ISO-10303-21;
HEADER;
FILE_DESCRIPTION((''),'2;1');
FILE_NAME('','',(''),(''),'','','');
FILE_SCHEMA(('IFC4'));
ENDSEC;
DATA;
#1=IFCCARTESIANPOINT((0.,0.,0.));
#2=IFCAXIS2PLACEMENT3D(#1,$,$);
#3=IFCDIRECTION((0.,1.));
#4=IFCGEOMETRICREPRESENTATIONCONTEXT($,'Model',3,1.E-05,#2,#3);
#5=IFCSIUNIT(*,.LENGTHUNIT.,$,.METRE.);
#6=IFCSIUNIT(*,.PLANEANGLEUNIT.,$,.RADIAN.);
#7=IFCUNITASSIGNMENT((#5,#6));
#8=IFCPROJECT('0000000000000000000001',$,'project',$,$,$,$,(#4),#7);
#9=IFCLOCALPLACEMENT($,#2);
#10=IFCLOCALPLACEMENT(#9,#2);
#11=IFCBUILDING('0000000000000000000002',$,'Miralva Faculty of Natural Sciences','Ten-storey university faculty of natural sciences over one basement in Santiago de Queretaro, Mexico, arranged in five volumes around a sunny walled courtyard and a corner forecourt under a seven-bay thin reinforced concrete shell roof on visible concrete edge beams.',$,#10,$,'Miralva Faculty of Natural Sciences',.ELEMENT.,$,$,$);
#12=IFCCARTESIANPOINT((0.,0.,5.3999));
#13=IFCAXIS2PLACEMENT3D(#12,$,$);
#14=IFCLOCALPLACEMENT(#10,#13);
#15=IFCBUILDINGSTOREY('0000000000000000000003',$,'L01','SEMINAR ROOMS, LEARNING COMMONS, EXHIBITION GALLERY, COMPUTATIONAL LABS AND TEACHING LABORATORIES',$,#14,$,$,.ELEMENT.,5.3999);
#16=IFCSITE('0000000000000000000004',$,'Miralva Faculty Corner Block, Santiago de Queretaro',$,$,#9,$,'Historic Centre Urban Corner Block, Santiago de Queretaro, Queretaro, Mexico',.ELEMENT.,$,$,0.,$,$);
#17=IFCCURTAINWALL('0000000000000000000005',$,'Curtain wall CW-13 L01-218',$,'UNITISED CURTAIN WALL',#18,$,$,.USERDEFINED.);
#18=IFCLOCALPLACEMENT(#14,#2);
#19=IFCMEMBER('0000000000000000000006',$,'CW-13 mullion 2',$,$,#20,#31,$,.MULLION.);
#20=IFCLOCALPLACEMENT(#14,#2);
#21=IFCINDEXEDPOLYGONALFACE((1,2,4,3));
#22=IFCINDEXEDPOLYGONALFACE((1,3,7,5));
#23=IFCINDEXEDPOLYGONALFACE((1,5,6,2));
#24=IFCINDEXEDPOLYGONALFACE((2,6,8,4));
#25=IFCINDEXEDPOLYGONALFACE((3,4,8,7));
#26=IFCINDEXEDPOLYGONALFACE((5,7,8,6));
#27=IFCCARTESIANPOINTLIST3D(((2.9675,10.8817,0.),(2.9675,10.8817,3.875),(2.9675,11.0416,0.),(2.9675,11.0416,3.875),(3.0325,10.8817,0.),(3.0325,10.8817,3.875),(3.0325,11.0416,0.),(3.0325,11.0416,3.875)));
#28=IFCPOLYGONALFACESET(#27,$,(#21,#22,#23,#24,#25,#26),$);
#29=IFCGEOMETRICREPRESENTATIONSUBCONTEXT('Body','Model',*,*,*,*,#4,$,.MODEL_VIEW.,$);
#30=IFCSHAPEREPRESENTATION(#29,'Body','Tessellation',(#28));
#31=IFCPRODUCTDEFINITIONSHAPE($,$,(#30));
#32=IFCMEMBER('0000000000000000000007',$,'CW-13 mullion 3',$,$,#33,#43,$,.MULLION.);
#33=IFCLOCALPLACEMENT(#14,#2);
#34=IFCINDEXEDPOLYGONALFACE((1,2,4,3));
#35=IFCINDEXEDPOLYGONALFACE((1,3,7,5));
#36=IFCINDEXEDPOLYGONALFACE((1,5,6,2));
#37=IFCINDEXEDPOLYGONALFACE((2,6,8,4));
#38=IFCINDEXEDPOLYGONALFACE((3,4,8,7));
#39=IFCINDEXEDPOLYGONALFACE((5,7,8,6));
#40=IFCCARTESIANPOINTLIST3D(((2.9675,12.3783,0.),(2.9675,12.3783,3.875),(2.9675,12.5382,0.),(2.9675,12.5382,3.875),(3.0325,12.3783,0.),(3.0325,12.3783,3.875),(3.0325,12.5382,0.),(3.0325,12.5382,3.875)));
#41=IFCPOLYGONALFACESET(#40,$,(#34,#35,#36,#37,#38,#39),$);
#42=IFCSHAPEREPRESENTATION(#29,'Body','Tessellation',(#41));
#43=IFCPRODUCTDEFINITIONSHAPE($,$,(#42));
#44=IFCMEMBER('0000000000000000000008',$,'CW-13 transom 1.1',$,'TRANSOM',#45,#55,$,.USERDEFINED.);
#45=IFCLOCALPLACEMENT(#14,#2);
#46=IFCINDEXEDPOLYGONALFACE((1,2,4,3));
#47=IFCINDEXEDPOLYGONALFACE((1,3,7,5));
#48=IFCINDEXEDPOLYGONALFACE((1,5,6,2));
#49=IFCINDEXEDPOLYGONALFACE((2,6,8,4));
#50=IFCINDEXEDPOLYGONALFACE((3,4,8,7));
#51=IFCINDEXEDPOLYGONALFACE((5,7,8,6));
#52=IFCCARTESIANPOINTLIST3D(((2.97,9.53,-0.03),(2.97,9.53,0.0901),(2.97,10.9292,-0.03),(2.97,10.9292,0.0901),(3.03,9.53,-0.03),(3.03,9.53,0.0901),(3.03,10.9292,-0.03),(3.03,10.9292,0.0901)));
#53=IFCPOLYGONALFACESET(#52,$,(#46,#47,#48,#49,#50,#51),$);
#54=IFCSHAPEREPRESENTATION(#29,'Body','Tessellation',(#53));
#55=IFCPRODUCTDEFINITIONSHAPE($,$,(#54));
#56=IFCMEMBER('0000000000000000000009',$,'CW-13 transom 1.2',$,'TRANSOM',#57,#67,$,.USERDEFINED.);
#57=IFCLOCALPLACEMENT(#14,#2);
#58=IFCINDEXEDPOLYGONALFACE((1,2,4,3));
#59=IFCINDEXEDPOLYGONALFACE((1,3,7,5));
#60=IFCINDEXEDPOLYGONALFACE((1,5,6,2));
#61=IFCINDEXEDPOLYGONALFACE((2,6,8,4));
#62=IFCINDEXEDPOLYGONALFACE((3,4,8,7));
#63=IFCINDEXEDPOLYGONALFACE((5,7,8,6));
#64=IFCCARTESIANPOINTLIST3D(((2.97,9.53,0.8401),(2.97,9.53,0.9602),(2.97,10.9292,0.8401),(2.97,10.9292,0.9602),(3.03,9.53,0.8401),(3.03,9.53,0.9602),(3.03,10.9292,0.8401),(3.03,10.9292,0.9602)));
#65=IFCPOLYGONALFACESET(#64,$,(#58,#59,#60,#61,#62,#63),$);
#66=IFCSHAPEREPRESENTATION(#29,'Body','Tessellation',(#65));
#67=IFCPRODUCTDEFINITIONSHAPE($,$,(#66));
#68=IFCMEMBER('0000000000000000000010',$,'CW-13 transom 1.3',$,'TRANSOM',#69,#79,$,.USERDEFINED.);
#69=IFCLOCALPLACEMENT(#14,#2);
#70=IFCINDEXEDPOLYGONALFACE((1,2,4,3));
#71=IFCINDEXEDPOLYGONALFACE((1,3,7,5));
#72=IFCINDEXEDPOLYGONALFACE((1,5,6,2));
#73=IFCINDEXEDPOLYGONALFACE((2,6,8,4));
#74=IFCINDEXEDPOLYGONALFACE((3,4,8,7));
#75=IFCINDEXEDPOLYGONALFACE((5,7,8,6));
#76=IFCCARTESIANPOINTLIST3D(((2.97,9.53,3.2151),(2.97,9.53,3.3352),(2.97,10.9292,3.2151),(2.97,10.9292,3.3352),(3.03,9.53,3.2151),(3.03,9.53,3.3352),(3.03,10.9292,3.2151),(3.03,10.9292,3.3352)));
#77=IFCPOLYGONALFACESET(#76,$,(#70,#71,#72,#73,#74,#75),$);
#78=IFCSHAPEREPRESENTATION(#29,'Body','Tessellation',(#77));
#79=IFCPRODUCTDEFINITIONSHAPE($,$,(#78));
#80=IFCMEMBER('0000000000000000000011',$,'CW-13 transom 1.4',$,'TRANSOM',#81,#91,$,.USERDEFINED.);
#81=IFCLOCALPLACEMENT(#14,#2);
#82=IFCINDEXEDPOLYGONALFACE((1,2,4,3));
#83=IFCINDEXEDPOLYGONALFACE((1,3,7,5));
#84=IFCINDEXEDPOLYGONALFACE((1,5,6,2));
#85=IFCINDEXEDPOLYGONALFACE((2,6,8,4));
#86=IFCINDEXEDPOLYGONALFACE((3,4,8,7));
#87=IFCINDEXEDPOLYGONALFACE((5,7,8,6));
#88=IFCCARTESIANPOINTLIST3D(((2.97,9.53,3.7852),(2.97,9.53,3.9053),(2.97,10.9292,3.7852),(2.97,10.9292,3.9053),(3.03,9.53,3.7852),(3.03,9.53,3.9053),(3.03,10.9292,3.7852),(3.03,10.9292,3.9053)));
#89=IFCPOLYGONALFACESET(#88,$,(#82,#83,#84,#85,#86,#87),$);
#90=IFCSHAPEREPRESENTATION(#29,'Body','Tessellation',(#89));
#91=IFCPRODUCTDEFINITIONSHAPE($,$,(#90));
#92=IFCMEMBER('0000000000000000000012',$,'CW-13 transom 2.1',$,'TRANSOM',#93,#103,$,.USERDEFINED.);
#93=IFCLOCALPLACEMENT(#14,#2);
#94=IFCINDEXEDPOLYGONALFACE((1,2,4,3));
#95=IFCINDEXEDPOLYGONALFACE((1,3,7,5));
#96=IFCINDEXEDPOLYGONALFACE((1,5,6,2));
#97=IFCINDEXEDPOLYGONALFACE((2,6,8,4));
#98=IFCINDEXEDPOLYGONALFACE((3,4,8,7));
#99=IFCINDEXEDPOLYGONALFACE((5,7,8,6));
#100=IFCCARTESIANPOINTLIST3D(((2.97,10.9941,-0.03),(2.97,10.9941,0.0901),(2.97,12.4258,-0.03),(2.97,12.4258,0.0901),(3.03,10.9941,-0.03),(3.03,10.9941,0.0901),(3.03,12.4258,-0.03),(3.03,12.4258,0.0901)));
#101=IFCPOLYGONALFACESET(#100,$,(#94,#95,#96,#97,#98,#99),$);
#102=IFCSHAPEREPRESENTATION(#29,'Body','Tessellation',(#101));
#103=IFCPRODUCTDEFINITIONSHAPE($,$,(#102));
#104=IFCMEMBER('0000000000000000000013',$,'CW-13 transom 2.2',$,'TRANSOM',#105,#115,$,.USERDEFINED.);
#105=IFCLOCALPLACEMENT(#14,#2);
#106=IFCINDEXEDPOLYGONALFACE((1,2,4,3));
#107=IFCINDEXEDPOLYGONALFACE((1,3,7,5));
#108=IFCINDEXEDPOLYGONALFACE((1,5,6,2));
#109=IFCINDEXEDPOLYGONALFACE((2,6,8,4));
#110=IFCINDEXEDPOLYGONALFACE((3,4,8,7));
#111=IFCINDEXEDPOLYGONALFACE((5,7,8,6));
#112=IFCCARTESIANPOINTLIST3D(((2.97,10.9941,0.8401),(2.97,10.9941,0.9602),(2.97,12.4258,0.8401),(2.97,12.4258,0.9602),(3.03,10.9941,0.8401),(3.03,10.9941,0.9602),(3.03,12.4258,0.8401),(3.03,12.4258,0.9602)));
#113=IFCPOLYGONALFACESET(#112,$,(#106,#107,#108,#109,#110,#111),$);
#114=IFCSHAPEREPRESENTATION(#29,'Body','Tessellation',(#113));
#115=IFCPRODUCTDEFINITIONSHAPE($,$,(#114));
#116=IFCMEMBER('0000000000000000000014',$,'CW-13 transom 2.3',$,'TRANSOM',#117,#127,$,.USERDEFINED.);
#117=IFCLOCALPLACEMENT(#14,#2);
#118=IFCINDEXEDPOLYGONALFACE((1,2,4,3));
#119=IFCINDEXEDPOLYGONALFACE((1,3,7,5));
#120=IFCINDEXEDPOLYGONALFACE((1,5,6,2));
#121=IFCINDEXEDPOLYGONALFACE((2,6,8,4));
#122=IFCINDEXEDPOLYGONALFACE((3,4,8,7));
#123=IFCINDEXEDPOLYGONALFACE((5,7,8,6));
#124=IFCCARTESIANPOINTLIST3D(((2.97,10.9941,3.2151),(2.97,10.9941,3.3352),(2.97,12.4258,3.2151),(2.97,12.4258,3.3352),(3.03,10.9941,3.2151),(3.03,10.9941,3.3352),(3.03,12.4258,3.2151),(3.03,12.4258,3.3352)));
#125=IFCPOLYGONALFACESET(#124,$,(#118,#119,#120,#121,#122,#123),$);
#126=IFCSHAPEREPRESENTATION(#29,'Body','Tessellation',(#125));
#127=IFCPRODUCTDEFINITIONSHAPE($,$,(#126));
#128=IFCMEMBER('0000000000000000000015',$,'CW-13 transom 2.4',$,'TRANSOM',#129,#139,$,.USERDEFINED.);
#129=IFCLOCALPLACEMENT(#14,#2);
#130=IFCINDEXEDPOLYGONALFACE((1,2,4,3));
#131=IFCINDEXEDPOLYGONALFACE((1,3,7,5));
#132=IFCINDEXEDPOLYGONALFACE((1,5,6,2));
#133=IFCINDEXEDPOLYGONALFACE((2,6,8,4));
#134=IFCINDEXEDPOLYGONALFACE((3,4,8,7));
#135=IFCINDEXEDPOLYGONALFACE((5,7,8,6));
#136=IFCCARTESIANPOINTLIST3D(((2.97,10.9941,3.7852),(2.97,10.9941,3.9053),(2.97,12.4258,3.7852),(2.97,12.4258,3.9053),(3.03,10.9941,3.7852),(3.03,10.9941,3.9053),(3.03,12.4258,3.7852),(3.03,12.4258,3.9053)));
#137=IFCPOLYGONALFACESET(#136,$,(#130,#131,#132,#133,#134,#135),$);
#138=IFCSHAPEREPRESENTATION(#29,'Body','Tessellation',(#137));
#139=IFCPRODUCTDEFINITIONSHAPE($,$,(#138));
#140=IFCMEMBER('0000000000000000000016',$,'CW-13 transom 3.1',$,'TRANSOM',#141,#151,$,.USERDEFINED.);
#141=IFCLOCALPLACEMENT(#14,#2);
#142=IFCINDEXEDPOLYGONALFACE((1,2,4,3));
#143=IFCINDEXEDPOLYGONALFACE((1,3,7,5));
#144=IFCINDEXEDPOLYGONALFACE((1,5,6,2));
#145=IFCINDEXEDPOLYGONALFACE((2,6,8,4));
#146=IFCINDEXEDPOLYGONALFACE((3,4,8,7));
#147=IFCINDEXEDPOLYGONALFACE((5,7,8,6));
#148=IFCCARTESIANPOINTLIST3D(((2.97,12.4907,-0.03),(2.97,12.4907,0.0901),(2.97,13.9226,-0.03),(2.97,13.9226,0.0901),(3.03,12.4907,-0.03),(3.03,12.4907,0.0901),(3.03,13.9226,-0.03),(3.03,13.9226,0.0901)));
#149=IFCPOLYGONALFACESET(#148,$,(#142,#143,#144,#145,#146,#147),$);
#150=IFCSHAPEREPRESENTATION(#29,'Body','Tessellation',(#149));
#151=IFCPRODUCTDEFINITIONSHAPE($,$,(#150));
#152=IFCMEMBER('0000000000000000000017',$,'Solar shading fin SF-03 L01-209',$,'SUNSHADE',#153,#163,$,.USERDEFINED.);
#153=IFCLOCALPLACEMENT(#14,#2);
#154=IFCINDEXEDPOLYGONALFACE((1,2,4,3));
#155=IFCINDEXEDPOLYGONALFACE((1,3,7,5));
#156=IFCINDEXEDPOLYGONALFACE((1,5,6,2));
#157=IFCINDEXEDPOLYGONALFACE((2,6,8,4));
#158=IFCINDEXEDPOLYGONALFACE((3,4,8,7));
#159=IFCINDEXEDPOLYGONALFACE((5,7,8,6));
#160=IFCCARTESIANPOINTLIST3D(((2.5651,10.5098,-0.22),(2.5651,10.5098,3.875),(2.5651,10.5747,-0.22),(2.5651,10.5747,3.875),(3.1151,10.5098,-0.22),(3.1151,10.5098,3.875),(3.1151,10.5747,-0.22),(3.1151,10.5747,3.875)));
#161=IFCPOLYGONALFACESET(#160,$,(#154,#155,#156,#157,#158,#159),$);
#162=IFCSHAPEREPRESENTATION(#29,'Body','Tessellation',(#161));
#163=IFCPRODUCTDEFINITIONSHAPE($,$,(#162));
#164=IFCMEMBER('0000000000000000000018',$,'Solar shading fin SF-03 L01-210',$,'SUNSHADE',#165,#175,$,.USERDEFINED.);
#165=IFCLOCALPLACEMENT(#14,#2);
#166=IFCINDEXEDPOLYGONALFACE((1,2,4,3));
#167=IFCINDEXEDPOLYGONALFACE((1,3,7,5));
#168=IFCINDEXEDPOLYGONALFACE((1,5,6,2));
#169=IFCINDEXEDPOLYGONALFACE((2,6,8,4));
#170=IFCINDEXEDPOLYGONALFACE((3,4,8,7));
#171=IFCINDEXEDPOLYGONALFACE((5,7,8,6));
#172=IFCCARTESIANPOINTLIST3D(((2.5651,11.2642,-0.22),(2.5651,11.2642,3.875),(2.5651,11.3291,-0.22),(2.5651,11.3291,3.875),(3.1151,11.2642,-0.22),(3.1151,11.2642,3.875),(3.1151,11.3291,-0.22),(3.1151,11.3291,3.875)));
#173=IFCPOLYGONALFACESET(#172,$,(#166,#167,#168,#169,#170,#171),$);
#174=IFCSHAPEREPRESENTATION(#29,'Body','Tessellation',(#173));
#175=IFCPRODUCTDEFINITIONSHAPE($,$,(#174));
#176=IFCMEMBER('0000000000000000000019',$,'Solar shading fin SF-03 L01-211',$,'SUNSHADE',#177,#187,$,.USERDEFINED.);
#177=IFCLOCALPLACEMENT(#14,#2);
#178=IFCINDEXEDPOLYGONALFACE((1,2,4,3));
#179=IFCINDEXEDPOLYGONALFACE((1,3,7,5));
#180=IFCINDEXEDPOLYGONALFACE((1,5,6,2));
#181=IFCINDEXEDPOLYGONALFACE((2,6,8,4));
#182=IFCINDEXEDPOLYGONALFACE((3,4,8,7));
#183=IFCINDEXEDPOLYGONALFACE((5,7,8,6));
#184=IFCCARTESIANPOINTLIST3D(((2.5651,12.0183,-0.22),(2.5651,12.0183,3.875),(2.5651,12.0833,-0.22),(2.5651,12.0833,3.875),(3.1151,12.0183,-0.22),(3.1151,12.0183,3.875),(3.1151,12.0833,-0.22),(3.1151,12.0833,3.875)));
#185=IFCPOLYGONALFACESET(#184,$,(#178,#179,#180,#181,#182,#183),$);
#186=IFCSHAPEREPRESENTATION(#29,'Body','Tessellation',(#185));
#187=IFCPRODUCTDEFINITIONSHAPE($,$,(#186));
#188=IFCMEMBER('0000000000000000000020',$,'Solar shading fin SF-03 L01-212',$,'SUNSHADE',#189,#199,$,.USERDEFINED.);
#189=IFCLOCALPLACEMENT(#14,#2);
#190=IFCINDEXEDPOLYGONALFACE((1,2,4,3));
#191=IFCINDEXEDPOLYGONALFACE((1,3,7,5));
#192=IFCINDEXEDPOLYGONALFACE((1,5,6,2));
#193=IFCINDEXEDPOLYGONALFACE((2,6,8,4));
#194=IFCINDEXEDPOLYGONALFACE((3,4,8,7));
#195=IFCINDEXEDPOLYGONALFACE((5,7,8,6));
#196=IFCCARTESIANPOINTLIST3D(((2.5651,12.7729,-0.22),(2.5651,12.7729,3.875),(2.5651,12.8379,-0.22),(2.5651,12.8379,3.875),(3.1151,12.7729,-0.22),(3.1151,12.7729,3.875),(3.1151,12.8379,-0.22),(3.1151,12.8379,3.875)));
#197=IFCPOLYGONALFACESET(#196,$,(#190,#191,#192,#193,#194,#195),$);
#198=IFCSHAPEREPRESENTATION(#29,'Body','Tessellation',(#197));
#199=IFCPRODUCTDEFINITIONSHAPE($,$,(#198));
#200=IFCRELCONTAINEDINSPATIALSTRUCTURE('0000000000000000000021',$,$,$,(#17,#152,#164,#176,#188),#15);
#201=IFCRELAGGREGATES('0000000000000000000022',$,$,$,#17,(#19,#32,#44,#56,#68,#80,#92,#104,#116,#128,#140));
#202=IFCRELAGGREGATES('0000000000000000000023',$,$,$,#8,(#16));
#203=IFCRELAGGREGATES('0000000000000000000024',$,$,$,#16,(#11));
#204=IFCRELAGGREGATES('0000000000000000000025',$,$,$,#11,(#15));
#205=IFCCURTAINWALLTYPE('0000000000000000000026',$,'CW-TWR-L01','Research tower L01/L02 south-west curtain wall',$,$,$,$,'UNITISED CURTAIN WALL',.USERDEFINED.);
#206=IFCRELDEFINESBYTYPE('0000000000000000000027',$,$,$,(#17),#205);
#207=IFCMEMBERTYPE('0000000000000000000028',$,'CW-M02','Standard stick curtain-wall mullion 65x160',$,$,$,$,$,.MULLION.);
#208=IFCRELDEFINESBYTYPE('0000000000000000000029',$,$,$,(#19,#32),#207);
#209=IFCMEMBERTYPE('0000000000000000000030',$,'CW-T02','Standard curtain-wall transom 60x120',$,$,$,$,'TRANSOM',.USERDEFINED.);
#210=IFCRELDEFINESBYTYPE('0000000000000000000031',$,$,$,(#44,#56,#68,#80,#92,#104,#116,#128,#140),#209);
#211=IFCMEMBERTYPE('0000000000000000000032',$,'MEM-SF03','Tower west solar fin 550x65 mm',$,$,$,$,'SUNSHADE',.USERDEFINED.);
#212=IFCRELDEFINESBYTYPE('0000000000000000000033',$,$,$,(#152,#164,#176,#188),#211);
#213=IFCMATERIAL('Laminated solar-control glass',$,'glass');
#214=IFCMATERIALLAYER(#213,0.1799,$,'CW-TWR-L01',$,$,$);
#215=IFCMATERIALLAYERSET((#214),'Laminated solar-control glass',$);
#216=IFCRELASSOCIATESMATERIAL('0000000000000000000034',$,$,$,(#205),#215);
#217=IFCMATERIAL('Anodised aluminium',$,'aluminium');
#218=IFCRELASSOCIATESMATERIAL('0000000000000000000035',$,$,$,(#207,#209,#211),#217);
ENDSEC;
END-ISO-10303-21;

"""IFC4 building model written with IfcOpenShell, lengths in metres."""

from ifc_helpers import new_model, si_unit, direction, frame, origin, origin_2d, place, context, subcontext, project, spatial, rectangle, extrude, material, layer, layer_set, material_profile, profile_set, type_object, element, aggregate, save


model = new_model("IFC4")

# Units and contexts
model_context = context("Model", 3, precision=1e-05, world=origin(), true_north=direction((0.0, 1.0)))
body_context = subcontext(model_context, "Body", "Model", "MODEL_VIEW")
ifc_project = project(units=[si_unit("LENGTHUNIT", "METRE"), si_unit("PLANEANGLEUNIT", "RADIAN")], contexts=[model_context])

# Site, building, storey
site_placement = place(None, origin())
site = spatial("IfcSite", under=ifc_project, at=site_placement, Name="Miralva Faculty Corner Block, Santiago de Queretaro", LongName="Historic Centre Urban Corner Block, Santiago de Queretaro, Queretaro, Mexico", CompositionType="ELEMENT", RefElevation=0.0)
building_placement = place(site_placement, origin())
building = spatial("IfcBuilding", under=site, at=building_placement, Name="Miralva Faculty of Natural Sciences", Description="Ten-storey university faculty of natural sciences over one basement in Santiago de Queretaro, Mexico, arranged in five volumes around a sunny walled courtyard and a corner forecourt under a seven-bay thin reinforced concrete shell roof on visible concrete edge beams.", LongName="Miralva Faculty of Natural Sciences", CompositionType="ELEMENT")
storey_placement = place(building_placement, frame((0.0, 0.0, 5.3999)))
storey = spatial("IfcBuildingStorey", under=building, at=storey_placement, Name="L01", Description="SEMINAR ROOMS, LEARNING COMMONS, EXHIBITION GALLERY, COMPUTATIONAL LABS AND TEACHING LABORATORIES", CompositionType="ELEMENT", Elevation=5.3999)

# Curtain wall, members
ifc_material_1 = material(Name="Laminated solar-control glass", Category="glass")
ifc_layer_1 = layer(ifc_material_1, 0.1799, Name="CW-TWR-L01")
ifc_layer_set_1 = layer_set([ifc_layer_1], Name="Laminated solar-control glass")
curtain_wall_type = type_object("IfcCurtainWallType", Name="CW-TWR-L01", Description="Research tower L01/L02 south-west curtain wall", ElementType="UNITISED CURTAIN WALL", PredefinedType="USERDEFINED", material=ifc_layer_set_1)
curtain_wall_placement = place(storey_placement, origin())
curtain_wall = element("IfcCurtainWall", 1, at=curtain_wall_placement, inside=storey, type_object=curtain_wall_type, Name="Curtain wall CW-13 L01-218", ObjectType="UNITISED CURTAIN WALL", PredefinedType="USERDEFINED")
ifc_material_2 = material(Name="Anodised aluminium", Category="aluminium")
ifc_material_profile_1 = material_profile(ifc_material_2, rectangle(XDim=0.0649, YDim=0.1599, at=origin_2d()), Name="MULLION 65x160")
ifc_profile_set_1 = profile_set([ifc_material_profile_1], Name="Anodised aluminium")
member_type_1 = type_object("IfcMemberType", Name="CW-M02", Description="Standard stick curtain-wall mullion 65x160", PredefinedType="MULLION", material=ifc_profile_set_1)
member_1_placement = place(storey_placement, frame((3.0, 10.9617, 0.0), z_axis=(0.0, 0.0, 1.0), x_axis=(-1.0, 0.0, 0.0)))
member_1 = element("IfcMember", 2, at=member_1_placement, type_object=member_type_1, Name="CW-13 mullion 2", PredefinedType="MULLION", context=body_context, shape_type="SweptSolid", body=[
    extrude(rectangle(XDim=0.0649, YDim=0.1599, at=origin_2d()), origin(), (0.0, 0.0, 1.0), 3.875),
])
member_2_placement = place(storey_placement, frame((3.0, 12.4583, 0.0), z_axis=(0.0, 0.0, 1.0), x_axis=(-1.0, 0.0, 0.0)))
member_2 = element("IfcMember", 3, at=member_2_placement, type_object=member_type_1, Name="CW-13 mullion 3", PredefinedType="MULLION", context=body_context, shape_type="SweptSolid", body=[
    extrude(rectangle(XDim=0.0649, YDim=0.1599, at=origin_2d()), origin(), (0.0, 0.0, 1.0), 3.875),
])
ifc_material_profile_2 = material_profile(ifc_material_2, rectangle(XDim=0.0601, YDim=0.1201, at=origin_2d()), Name="TRANSOM 60x120")
ifc_profile_set_2 = profile_set([ifc_material_profile_2], Name="Anodised aluminium")
member_type_2 = type_object("IfcMemberType", Name="CW-T02", Description="Standard curtain-wall transom 60x120", ElementType="TRANSOM", PredefinedType="USERDEFINED", material=ifc_profile_set_2)
member_3_placement = place(storey_placement, frame((3.0, 9.53, 0.03), z_axis=(0.0, 1.0, 0.0), x_axis=(-1.0, 0.0, 0.0)))
member_3 = element("IfcMember", 4, at=member_3_placement, type_object=member_type_2, Name="CW-13 transom 1.1", ObjectType="TRANSOM", PredefinedType="USERDEFINED", context=body_context, shape_type="SweptSolid", body=[
    extrude(rectangle(XDim=0.0601, YDim=0.1201, at=origin_2d()), origin(), (0.0, 0.0, 1.0), 1.3992),
])
member_4_placement = place(storey_placement, frame((3.0, 9.53, 0.9001), z_axis=(0.0, 1.0, 0.0), x_axis=(-1.0, 0.0, 0.0)))
member_4 = element("IfcMember", 5, at=member_4_placement, type_object=member_type_2, Name="CW-13 transom 1.2", ObjectType="TRANSOM", PredefinedType="USERDEFINED", context=body_context, shape_type="SweptSolid", body=[
    extrude(rectangle(XDim=0.0601, YDim=0.1201, at=origin_2d()), origin(), (0.0, 0.0, 1.0), 1.3992),
])
member_5_placement = place(storey_placement, frame((3.0, 9.53, 3.2751), z_axis=(0.0, 1.0, 0.0), x_axis=(-1.0, 0.0, 0.0)))
member_5 = element("IfcMember", 6, at=member_5_placement, type_object=member_type_2, Name="CW-13 transom 1.3", ObjectType="TRANSOM", PredefinedType="USERDEFINED", context=body_context, shape_type="SweptSolid", body=[
    extrude(rectangle(XDim=0.0601, YDim=0.1201, at=origin_2d()), origin(), (0.0, 0.0, 1.0), 1.3992),
])
member_6_placement = place(storey_placement, frame((3.0, 9.53, 3.8452), z_axis=(0.0, 1.0, 0.0), x_axis=(-1.0, 0.0, 0.0)))
member_6 = element("IfcMember", 7, at=member_6_placement, type_object=member_type_2, Name="CW-13 transom 1.4", ObjectType="TRANSOM", PredefinedType="USERDEFINED", context=body_context, shape_type="SweptSolid", body=[
    extrude(rectangle(XDim=0.0601, YDim=0.1201, at=origin_2d()), origin(), (0.0, 0.0, 1.0), 1.3992),
])
member_7_placement = place(storey_placement, frame((3.0, 10.9941, 0.03), z_axis=(0.0, 1.0, 0.0), x_axis=(-1.0, 0.0, 0.0)))
member_7 = element("IfcMember", 8, at=member_7_placement, type_object=member_type_2, Name="CW-13 transom 2.1", ObjectType="TRANSOM", PredefinedType="USERDEFINED", context=body_context, shape_type="SweptSolid", body=[
    extrude(rectangle(XDim=0.0601, YDim=0.1201, at=origin_2d()), origin(), (0.0, 0.0, 1.0), 1.4316),
])
member_8_placement = place(storey_placement, frame((3.0, 10.9941, 0.9001), z_axis=(0.0, 1.0, 0.0), x_axis=(-1.0, 0.0, 0.0)))
member_8 = element("IfcMember", 9, at=member_8_placement, type_object=member_type_2, Name="CW-13 transom 2.2", ObjectType="TRANSOM", PredefinedType="USERDEFINED", context=body_context, shape_type="SweptSolid", body=[
    extrude(rectangle(XDim=0.0601, YDim=0.1201, at=origin_2d()), origin(), (0.0, 0.0, 1.0), 1.4316),
])
member_9_placement = place(storey_placement, frame((3.0, 10.9941, 3.2751), z_axis=(0.0, 1.0, 0.0), x_axis=(-1.0, 0.0, 0.0)))
member_9 = element("IfcMember", 10, at=member_9_placement, type_object=member_type_2, Name="CW-13 transom 2.3", ObjectType="TRANSOM", PredefinedType="USERDEFINED", context=body_context, shape_type="SweptSolid", body=[
    extrude(rectangle(XDim=0.0601, YDim=0.1201, at=origin_2d()), origin(), (0.0, 0.0, 1.0), 1.4316),
])
member_10_placement = place(storey_placement, frame((3.0, 10.9941, 3.8452), z_axis=(0.0, 1.0, 0.0), x_axis=(-1.0, 0.0, 0.0)))
member_10 = element("IfcMember", 11, at=member_10_placement, type_object=member_type_2, Name="CW-13 transom 2.4", ObjectType="TRANSOM", PredefinedType="USERDEFINED", context=body_context, shape_type="SweptSolid", body=[
    extrude(rectangle(XDim=0.0601, YDim=0.1201, at=origin_2d()), origin(), (0.0, 0.0, 1.0), 1.4316),
])
member_11_placement = place(storey_placement, frame((3.0, 12.4907, 0.03), z_axis=(0.0, 1.0, 0.0), x_axis=(-1.0, 0.0, 0.0)))
member_11 = element("IfcMember", 12, at=member_11_placement, type_object=member_type_2, Name="CW-13 transom 3.1", ObjectType="TRANSOM", PredefinedType="USERDEFINED", context=body_context, shape_type="SweptSolid", body=[
    extrude(rectangle(XDim=0.0601, YDim=0.1201, at=origin_2d()), origin(), (0.0, 0.0, 1.0), 1.4319),
])

# Members
ifc_material_profile_3 = material_profile(ifc_material_2, rectangle(XDim=0.0649, YDim=0.55, at=origin_2d()), Name="FIN 550x65")
ifc_profile_set_3 = profile_set([ifc_material_profile_3], Name="Anodised aluminium")
member_type_3 = type_object("IfcMemberType", Name="MEM-SF03", Description="Tower west solar fin 550x65 mm", ElementType="SUNSHADE", PredefinedType="USERDEFINED", material=ifc_profile_set_3)
for number, where, z_axis, x_axis, name in (
    (13, (2.8401, 10.5422, -0.22), (0.0, 0.0, 1.0), (0.0, -1.0, 0.0), "Solar shading fin SF-03 L01-209"),
    (14, (2.8401, 11.2966, -0.22), (0.0, 0.0, 1.0), (0.0, -1.0, 0.0), "Solar shading fin SF-03 L01-210"),
    (15, (2.8401, 12.0508, -0.22), (0.0, 0.0, 1.0), (0.0, -1.0, 0.0), "Solar shading fin SF-03 L01-211"),
    (16, (2.8401, 12.8054, -0.22), (0.0, 0.0, 1.0), (0.0, -1.0, 0.0), "Solar shading fin SF-03 L01-212"),
):
    element("IfcMember", number, at=place(storey_placement, frame(where, z_axis=z_axis, x_axis=x_axis)), inside=storey, type_object=member_type_3, Name=name, ObjectType="SUNSHADE", PredefinedType="USERDEFINED", context=body_context, shape_type="SweptSolid", body=[
        extrude(rectangle(XDim=0.0649, YDim=0.55, at=origin_2d()), origin(), (0.0, 0.0, 1.0), 4.095),
    ])

aggregate(curtain_wall, [member_1, member_2, member_3, member_4, member_5, member_6, member_7, member_8, member_9, member_10, member_11])

save(model, "model.ifc")
